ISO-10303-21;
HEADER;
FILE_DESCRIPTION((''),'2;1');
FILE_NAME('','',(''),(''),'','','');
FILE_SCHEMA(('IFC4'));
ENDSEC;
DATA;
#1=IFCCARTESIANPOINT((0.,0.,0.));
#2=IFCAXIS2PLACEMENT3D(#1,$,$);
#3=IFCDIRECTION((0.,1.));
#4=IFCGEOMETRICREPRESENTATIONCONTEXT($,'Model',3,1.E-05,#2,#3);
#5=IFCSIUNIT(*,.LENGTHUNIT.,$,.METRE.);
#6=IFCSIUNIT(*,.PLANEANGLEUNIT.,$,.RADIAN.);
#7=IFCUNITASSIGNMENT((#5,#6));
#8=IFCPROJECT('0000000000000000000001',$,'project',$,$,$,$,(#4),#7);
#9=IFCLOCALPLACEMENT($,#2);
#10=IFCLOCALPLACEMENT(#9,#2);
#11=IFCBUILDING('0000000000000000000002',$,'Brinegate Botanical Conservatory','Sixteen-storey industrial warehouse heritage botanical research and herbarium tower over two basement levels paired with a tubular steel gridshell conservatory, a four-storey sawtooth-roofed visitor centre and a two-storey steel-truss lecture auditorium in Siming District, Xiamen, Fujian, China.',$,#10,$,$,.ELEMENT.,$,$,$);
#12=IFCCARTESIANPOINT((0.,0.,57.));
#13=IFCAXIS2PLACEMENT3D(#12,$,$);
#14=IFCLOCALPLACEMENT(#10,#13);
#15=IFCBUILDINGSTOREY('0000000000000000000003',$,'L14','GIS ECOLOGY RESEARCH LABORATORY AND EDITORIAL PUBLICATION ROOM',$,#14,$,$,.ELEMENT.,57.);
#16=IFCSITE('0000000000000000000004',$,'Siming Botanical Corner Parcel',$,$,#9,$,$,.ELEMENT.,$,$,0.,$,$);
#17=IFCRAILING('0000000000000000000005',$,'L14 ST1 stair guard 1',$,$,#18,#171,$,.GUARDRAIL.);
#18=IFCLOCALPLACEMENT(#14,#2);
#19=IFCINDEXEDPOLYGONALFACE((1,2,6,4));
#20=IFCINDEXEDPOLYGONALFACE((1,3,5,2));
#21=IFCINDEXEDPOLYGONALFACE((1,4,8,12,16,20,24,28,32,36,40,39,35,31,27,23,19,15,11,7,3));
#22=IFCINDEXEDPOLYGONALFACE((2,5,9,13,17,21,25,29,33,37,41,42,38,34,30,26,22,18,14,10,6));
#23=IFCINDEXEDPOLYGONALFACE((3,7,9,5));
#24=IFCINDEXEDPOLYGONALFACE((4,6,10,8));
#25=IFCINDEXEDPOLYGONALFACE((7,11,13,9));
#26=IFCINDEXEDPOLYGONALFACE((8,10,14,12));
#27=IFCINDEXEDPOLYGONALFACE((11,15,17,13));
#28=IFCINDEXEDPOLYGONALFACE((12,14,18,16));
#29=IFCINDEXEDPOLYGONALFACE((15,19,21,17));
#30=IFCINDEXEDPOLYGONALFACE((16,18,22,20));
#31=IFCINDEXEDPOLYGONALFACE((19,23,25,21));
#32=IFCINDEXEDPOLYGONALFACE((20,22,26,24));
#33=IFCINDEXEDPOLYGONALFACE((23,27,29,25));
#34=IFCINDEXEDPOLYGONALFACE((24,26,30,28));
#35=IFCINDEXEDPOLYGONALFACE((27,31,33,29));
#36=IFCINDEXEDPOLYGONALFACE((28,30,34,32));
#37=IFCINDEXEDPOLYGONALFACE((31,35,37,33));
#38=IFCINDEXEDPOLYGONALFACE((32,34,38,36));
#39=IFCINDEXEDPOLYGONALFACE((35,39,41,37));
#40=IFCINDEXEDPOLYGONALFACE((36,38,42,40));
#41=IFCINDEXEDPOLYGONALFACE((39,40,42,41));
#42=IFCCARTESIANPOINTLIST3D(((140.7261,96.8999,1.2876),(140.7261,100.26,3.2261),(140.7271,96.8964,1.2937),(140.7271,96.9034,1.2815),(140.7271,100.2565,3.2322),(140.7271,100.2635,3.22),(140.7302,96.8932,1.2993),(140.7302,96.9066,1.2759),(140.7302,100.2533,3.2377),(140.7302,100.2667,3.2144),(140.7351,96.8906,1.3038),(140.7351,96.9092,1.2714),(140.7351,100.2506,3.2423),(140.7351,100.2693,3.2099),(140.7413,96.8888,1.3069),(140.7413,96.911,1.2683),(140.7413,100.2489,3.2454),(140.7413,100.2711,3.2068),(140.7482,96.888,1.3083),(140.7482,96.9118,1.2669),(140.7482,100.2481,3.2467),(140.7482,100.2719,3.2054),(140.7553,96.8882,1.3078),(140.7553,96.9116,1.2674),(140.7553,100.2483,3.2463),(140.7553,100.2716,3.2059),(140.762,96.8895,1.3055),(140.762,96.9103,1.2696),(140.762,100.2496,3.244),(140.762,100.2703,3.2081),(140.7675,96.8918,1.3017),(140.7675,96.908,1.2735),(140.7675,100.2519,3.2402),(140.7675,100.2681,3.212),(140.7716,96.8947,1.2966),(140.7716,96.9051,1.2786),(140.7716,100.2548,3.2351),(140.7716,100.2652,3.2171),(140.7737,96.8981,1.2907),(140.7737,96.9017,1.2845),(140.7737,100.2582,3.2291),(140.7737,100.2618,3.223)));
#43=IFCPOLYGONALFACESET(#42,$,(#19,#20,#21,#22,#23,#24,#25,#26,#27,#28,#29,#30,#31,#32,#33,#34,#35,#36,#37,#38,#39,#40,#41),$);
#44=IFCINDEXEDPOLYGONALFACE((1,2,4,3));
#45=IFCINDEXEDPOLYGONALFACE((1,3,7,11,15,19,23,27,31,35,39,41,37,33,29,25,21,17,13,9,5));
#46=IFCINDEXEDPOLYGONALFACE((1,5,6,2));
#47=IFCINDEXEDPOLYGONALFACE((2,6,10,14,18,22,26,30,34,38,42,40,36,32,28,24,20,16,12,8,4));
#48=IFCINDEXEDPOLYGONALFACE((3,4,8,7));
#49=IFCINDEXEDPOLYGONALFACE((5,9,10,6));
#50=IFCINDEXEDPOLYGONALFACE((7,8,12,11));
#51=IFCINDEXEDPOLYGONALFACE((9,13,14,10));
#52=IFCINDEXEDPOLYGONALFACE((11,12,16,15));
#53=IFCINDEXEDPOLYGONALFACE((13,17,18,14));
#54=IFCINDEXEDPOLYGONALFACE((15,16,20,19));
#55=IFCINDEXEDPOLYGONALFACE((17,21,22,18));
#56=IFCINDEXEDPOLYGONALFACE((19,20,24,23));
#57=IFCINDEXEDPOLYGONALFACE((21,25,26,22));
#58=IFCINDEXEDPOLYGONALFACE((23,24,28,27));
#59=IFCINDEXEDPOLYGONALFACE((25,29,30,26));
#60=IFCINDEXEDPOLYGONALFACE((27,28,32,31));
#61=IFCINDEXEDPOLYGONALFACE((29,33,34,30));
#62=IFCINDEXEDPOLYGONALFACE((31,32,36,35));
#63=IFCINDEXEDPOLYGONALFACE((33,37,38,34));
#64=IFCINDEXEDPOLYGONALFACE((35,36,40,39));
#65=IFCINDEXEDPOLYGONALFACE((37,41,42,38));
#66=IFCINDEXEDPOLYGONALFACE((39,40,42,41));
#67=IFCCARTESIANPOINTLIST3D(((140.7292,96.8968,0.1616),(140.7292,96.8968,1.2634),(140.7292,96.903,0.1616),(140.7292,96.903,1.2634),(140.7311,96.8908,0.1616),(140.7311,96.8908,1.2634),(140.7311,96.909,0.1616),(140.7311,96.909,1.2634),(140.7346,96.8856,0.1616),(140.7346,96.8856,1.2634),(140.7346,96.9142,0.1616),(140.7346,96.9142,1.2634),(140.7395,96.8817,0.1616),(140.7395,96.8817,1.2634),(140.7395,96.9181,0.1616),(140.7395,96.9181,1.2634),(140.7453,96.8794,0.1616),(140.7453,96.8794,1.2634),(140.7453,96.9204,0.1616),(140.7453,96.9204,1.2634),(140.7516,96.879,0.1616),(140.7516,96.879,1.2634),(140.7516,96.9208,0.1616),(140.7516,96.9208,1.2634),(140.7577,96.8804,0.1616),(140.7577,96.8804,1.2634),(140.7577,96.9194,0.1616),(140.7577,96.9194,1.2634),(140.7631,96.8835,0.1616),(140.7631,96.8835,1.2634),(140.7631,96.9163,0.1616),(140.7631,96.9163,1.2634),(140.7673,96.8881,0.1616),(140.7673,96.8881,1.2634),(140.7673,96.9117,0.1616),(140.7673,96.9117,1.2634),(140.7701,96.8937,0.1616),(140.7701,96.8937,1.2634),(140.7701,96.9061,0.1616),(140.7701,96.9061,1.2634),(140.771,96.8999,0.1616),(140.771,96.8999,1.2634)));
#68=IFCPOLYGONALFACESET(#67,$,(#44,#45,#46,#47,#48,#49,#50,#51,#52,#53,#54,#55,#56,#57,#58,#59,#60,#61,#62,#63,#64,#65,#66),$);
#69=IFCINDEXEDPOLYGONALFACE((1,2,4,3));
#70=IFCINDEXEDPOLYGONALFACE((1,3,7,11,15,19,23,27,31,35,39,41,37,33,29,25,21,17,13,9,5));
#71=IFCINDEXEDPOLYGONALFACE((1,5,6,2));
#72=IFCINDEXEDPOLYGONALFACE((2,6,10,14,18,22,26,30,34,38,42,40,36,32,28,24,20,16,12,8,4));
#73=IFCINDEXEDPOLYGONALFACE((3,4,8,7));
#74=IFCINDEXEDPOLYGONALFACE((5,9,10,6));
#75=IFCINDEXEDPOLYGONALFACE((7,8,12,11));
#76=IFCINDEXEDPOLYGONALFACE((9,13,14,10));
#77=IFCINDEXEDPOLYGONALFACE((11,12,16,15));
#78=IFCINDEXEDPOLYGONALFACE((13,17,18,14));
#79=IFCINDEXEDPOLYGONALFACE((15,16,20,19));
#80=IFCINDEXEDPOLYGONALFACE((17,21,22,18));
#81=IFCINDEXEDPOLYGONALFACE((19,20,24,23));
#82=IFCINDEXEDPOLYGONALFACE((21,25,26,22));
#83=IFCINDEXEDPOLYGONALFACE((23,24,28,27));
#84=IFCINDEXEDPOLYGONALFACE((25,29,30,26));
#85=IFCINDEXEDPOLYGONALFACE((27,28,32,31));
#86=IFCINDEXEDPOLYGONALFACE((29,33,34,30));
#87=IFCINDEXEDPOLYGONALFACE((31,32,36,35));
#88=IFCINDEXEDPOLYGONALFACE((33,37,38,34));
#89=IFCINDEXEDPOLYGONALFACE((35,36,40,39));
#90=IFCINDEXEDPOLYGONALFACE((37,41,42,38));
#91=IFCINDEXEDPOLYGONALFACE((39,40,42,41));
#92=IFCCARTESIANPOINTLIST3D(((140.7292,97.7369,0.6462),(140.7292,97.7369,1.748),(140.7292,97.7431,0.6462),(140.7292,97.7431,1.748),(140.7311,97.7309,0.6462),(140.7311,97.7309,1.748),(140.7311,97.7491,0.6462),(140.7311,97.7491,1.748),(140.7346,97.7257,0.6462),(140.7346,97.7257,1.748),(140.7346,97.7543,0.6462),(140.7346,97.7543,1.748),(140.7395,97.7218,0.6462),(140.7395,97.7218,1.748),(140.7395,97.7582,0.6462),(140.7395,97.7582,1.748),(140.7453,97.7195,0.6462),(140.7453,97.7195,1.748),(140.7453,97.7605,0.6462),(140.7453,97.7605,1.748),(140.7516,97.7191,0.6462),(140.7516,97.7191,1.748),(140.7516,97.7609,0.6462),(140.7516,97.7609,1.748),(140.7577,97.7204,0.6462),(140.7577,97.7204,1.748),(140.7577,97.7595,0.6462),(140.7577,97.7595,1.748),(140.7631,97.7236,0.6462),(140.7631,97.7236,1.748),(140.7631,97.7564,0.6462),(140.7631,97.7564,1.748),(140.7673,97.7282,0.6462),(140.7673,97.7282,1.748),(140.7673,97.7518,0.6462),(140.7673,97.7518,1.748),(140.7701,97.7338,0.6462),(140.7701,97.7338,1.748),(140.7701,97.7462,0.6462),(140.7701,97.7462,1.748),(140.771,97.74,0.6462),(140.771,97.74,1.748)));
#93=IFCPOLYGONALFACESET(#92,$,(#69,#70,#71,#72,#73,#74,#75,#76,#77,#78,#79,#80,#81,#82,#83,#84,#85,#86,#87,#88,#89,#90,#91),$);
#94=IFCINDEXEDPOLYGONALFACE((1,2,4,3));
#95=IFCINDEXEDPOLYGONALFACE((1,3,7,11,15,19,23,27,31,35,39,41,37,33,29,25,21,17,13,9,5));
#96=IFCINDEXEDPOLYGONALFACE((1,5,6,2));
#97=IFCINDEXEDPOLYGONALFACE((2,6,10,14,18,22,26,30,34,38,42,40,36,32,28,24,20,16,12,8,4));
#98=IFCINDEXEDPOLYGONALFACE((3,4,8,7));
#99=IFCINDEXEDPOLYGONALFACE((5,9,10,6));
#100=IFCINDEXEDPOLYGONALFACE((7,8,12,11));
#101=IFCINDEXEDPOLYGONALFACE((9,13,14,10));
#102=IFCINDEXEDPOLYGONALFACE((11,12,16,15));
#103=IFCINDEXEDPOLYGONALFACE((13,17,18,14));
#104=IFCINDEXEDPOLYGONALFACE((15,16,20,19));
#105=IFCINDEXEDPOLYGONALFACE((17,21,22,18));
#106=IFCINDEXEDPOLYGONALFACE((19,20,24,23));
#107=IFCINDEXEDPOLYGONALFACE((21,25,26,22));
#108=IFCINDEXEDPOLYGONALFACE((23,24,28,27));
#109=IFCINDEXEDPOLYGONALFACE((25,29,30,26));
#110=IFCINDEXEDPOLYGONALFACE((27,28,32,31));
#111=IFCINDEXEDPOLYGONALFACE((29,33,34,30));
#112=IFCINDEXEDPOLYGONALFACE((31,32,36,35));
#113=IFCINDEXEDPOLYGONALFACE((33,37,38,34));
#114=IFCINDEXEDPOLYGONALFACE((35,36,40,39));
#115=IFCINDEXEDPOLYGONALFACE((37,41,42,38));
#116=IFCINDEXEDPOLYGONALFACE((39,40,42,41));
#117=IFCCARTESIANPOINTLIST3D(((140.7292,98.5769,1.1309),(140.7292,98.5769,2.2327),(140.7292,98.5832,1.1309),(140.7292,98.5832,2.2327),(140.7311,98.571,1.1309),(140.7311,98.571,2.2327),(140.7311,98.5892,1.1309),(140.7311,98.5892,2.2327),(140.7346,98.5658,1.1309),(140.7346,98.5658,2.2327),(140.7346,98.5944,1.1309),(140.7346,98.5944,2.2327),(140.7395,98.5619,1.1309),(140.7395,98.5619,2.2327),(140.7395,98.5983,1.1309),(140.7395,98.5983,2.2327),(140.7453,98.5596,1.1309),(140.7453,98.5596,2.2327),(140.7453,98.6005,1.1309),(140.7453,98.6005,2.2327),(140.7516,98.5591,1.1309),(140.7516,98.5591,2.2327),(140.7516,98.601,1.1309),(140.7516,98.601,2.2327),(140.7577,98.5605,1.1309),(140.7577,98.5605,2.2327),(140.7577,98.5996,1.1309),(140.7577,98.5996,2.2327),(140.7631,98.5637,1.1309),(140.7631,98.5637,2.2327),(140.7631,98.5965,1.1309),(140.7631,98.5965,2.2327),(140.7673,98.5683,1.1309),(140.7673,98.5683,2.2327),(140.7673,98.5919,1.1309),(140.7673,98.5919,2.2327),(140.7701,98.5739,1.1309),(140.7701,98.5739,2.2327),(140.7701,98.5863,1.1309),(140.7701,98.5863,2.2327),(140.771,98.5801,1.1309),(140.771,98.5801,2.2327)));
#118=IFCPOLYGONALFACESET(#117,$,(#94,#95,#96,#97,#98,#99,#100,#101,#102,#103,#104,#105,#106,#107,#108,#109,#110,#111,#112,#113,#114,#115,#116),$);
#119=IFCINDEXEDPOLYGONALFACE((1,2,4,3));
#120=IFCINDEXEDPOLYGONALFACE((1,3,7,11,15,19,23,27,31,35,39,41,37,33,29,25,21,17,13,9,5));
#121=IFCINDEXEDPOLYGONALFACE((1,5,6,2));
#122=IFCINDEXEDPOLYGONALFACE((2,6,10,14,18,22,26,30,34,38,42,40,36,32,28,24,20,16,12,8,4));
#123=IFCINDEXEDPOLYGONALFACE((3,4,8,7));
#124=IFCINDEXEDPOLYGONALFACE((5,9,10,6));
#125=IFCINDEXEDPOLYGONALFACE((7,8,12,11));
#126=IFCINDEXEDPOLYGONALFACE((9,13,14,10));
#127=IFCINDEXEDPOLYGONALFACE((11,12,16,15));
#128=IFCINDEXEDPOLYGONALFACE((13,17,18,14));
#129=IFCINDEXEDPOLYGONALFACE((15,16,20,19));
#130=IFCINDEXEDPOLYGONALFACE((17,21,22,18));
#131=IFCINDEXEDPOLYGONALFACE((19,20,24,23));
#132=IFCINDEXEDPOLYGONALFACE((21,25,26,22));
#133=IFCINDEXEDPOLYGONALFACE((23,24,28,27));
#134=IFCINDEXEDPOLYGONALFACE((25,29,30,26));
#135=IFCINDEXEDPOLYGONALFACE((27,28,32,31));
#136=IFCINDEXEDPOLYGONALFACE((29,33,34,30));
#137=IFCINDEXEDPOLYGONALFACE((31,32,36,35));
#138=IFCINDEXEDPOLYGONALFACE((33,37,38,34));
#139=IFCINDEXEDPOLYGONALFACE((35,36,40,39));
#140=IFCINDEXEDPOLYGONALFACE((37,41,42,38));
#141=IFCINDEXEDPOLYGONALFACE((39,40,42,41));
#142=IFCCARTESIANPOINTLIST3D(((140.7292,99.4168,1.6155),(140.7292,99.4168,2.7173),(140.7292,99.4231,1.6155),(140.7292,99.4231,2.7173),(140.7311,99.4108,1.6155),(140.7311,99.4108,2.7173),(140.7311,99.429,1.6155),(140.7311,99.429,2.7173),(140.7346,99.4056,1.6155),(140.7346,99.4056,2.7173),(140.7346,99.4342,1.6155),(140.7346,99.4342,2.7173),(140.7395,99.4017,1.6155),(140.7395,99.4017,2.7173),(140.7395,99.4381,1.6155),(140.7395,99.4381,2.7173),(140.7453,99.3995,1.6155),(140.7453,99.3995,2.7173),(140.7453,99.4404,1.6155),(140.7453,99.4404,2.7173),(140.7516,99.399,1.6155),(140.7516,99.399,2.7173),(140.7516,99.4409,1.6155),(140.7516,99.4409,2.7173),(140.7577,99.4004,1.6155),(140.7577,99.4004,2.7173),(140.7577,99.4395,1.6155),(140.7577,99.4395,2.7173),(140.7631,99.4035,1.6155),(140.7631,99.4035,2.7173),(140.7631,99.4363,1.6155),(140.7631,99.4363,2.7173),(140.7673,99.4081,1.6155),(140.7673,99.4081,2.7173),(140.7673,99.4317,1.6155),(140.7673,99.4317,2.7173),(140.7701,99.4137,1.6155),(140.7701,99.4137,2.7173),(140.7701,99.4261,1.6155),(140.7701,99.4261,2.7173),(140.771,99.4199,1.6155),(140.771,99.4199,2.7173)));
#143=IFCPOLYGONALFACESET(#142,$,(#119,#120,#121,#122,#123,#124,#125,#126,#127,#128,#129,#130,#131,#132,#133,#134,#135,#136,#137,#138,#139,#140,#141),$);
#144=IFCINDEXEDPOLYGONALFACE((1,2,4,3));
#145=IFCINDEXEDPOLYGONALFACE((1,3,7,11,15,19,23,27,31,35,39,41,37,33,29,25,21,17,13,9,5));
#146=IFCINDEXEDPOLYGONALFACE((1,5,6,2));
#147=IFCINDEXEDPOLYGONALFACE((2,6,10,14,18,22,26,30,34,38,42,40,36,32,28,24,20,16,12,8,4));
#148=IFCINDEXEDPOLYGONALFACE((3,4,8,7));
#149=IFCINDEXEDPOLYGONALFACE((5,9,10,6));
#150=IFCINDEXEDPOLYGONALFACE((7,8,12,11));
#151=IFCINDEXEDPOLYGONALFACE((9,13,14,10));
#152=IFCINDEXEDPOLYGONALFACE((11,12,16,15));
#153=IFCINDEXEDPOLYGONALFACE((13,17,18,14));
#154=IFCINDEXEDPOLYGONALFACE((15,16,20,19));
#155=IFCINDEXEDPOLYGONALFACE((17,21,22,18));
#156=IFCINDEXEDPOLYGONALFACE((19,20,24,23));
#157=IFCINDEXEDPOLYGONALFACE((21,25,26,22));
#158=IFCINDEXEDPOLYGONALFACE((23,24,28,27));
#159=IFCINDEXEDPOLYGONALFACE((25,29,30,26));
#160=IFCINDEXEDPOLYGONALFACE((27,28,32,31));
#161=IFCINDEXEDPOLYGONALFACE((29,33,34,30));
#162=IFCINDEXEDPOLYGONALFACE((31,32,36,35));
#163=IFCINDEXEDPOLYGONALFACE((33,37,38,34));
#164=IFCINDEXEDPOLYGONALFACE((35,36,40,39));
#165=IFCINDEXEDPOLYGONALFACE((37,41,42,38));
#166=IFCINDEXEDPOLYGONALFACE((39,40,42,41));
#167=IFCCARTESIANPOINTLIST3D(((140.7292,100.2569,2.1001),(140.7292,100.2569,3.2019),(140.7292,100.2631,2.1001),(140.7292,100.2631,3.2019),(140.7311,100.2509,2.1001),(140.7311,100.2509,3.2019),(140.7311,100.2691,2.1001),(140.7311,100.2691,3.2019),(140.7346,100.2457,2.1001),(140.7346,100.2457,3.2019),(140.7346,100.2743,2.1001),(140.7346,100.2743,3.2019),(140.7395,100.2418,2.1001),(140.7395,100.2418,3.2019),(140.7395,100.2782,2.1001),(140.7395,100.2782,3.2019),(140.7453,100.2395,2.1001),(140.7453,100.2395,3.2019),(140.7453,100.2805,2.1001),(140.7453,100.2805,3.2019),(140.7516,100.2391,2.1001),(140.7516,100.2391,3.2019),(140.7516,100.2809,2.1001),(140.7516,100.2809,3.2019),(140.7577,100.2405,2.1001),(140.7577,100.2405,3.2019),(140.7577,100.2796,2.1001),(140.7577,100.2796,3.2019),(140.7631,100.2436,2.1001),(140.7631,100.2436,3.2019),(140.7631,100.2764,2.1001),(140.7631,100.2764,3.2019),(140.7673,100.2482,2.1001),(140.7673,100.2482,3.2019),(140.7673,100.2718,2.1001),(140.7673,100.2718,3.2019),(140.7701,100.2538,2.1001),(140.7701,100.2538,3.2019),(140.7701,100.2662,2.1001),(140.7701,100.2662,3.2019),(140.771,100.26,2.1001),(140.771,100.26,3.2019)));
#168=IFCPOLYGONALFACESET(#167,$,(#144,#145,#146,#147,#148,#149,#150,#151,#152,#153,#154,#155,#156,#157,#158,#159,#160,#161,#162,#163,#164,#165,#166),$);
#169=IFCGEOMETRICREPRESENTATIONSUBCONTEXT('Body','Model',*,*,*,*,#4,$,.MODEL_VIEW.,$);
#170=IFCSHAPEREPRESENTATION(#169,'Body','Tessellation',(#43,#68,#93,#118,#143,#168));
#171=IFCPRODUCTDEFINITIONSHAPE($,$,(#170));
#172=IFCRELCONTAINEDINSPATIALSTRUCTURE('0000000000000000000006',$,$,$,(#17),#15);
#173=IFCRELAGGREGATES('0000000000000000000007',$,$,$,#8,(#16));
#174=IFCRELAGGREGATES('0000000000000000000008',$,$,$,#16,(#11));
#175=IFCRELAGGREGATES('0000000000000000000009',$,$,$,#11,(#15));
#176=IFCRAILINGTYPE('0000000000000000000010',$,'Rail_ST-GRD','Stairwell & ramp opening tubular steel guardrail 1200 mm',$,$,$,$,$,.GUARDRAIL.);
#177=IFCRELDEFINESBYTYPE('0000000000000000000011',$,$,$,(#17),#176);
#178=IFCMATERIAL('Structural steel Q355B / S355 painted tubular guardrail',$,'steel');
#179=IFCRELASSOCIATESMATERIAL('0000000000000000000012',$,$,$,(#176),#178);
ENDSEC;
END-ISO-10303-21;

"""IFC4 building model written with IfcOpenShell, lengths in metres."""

from ifc_helpers import new_model, si_unit, direction, frame, origin, origin_2d, place, context, subcontext, project, spatial, circle, extrude, material, type_object, element, save


model = new_model("IFC4")

# Units and contexts
model_context = context("Model", 3, precision=1e-05, world=origin(), true_north=direction((0.0, 1.0)))
body_context = subcontext(model_context, "Body", "Model", "MODEL_VIEW")
ifc_project = project(units=[si_unit("LENGTHUNIT", "METRE"), si_unit("PLANEANGLEUNIT", "RADIAN")], contexts=[model_context])

# Site, building, storey
site_placement = place(None, origin())
site = spatial("IfcSite", under=ifc_project, at=site_placement, Name="Siming Botanical Corner Parcel", CompositionType="ELEMENT", RefElevation=0.0)
building_placement = place(site_placement, origin())
building = spatial("IfcBuilding", under=site, at=building_placement, Name="Brinegate Botanical Conservatory", Description="Sixteen-storey industrial warehouse heritage botanical research and herbarium tower over two basement levels paired with a tubular steel gridshell conservatory, a four-storey sawtooth-roofed visitor centre and a two-storey steel-truss lecture auditorium in Siming District, Xiamen, Fujian, China.", CompositionType="ELEMENT")
storey_placement = place(building_placement, frame((0.0, 0.0, 57.0)))
storey = spatial("IfcBuildingStorey", under=building, at=storey_placement, Name="L14", Description="GIS ECOLOGY RESEARCH LABORATORY AND EDITORIAL PUBLICATION ROOM", CompositionType="ELEMENT", Elevation=57.0)

# Railing
ifc_material_1 = material(Name="Structural steel Q355B / S355 painted tubular guardrail", Category="steel")
railing_type_1 = type_object("IfcRailingType", Name="Rail_ST-GRD", Description="Stairwell & ramp opening tubular steel guardrail 1200 mm", PredefinedType="GUARDRAIL", material=ifc_material_1)
railing_1_placement = place(storey_placement, frame((140.75, 96.8999, 0.1616)))
element("IfcRailing", 1, at=railing_1_placement, inside=storey, type_object=railing_type_1, Name="L14 ST1 stair guard 1", PredefinedType="GUARDRAIL", context=body_context, shape_type="SweptSolid", body=[
    extrude(circle(Radius=0.0239, at=origin_2d()), frame((0.0, 0.0, 1.126), z_axis=(0.0, 0.866191, 0.499713), x_axis=(-1.0, 0.0, 0.0)), (0.0, 0.0, 1.0), 3.8792),
    extrude(circle(Radius=0.021, at=origin_2d()), origin(), (0.0, 0.0, 1.0), 1.1018),
    extrude(circle(Radius=0.021, at=origin_2d()), frame((0.0, 0.8401, 0.4846)), (0.0, 0.0, 1.0), 1.1018),
    extrude(circle(Radius=0.021, at=origin_2d()), frame((0.0, 1.6802, 0.9692)), (0.0, 0.0, 1.0), 1.1018),
    extrude(circle(Radius=0.021, at=origin_2d()), frame((0.0, 2.52, 1.4539)), (0.0, 0.0, 1.0), 1.1018),
    extrude(circle(Radius=0.021, at=origin_2d()), frame((0.0, 3.3601, 1.9385)), (0.0, 0.0, 1.0), 1.1018),
])

save(model, "model.ifc")
